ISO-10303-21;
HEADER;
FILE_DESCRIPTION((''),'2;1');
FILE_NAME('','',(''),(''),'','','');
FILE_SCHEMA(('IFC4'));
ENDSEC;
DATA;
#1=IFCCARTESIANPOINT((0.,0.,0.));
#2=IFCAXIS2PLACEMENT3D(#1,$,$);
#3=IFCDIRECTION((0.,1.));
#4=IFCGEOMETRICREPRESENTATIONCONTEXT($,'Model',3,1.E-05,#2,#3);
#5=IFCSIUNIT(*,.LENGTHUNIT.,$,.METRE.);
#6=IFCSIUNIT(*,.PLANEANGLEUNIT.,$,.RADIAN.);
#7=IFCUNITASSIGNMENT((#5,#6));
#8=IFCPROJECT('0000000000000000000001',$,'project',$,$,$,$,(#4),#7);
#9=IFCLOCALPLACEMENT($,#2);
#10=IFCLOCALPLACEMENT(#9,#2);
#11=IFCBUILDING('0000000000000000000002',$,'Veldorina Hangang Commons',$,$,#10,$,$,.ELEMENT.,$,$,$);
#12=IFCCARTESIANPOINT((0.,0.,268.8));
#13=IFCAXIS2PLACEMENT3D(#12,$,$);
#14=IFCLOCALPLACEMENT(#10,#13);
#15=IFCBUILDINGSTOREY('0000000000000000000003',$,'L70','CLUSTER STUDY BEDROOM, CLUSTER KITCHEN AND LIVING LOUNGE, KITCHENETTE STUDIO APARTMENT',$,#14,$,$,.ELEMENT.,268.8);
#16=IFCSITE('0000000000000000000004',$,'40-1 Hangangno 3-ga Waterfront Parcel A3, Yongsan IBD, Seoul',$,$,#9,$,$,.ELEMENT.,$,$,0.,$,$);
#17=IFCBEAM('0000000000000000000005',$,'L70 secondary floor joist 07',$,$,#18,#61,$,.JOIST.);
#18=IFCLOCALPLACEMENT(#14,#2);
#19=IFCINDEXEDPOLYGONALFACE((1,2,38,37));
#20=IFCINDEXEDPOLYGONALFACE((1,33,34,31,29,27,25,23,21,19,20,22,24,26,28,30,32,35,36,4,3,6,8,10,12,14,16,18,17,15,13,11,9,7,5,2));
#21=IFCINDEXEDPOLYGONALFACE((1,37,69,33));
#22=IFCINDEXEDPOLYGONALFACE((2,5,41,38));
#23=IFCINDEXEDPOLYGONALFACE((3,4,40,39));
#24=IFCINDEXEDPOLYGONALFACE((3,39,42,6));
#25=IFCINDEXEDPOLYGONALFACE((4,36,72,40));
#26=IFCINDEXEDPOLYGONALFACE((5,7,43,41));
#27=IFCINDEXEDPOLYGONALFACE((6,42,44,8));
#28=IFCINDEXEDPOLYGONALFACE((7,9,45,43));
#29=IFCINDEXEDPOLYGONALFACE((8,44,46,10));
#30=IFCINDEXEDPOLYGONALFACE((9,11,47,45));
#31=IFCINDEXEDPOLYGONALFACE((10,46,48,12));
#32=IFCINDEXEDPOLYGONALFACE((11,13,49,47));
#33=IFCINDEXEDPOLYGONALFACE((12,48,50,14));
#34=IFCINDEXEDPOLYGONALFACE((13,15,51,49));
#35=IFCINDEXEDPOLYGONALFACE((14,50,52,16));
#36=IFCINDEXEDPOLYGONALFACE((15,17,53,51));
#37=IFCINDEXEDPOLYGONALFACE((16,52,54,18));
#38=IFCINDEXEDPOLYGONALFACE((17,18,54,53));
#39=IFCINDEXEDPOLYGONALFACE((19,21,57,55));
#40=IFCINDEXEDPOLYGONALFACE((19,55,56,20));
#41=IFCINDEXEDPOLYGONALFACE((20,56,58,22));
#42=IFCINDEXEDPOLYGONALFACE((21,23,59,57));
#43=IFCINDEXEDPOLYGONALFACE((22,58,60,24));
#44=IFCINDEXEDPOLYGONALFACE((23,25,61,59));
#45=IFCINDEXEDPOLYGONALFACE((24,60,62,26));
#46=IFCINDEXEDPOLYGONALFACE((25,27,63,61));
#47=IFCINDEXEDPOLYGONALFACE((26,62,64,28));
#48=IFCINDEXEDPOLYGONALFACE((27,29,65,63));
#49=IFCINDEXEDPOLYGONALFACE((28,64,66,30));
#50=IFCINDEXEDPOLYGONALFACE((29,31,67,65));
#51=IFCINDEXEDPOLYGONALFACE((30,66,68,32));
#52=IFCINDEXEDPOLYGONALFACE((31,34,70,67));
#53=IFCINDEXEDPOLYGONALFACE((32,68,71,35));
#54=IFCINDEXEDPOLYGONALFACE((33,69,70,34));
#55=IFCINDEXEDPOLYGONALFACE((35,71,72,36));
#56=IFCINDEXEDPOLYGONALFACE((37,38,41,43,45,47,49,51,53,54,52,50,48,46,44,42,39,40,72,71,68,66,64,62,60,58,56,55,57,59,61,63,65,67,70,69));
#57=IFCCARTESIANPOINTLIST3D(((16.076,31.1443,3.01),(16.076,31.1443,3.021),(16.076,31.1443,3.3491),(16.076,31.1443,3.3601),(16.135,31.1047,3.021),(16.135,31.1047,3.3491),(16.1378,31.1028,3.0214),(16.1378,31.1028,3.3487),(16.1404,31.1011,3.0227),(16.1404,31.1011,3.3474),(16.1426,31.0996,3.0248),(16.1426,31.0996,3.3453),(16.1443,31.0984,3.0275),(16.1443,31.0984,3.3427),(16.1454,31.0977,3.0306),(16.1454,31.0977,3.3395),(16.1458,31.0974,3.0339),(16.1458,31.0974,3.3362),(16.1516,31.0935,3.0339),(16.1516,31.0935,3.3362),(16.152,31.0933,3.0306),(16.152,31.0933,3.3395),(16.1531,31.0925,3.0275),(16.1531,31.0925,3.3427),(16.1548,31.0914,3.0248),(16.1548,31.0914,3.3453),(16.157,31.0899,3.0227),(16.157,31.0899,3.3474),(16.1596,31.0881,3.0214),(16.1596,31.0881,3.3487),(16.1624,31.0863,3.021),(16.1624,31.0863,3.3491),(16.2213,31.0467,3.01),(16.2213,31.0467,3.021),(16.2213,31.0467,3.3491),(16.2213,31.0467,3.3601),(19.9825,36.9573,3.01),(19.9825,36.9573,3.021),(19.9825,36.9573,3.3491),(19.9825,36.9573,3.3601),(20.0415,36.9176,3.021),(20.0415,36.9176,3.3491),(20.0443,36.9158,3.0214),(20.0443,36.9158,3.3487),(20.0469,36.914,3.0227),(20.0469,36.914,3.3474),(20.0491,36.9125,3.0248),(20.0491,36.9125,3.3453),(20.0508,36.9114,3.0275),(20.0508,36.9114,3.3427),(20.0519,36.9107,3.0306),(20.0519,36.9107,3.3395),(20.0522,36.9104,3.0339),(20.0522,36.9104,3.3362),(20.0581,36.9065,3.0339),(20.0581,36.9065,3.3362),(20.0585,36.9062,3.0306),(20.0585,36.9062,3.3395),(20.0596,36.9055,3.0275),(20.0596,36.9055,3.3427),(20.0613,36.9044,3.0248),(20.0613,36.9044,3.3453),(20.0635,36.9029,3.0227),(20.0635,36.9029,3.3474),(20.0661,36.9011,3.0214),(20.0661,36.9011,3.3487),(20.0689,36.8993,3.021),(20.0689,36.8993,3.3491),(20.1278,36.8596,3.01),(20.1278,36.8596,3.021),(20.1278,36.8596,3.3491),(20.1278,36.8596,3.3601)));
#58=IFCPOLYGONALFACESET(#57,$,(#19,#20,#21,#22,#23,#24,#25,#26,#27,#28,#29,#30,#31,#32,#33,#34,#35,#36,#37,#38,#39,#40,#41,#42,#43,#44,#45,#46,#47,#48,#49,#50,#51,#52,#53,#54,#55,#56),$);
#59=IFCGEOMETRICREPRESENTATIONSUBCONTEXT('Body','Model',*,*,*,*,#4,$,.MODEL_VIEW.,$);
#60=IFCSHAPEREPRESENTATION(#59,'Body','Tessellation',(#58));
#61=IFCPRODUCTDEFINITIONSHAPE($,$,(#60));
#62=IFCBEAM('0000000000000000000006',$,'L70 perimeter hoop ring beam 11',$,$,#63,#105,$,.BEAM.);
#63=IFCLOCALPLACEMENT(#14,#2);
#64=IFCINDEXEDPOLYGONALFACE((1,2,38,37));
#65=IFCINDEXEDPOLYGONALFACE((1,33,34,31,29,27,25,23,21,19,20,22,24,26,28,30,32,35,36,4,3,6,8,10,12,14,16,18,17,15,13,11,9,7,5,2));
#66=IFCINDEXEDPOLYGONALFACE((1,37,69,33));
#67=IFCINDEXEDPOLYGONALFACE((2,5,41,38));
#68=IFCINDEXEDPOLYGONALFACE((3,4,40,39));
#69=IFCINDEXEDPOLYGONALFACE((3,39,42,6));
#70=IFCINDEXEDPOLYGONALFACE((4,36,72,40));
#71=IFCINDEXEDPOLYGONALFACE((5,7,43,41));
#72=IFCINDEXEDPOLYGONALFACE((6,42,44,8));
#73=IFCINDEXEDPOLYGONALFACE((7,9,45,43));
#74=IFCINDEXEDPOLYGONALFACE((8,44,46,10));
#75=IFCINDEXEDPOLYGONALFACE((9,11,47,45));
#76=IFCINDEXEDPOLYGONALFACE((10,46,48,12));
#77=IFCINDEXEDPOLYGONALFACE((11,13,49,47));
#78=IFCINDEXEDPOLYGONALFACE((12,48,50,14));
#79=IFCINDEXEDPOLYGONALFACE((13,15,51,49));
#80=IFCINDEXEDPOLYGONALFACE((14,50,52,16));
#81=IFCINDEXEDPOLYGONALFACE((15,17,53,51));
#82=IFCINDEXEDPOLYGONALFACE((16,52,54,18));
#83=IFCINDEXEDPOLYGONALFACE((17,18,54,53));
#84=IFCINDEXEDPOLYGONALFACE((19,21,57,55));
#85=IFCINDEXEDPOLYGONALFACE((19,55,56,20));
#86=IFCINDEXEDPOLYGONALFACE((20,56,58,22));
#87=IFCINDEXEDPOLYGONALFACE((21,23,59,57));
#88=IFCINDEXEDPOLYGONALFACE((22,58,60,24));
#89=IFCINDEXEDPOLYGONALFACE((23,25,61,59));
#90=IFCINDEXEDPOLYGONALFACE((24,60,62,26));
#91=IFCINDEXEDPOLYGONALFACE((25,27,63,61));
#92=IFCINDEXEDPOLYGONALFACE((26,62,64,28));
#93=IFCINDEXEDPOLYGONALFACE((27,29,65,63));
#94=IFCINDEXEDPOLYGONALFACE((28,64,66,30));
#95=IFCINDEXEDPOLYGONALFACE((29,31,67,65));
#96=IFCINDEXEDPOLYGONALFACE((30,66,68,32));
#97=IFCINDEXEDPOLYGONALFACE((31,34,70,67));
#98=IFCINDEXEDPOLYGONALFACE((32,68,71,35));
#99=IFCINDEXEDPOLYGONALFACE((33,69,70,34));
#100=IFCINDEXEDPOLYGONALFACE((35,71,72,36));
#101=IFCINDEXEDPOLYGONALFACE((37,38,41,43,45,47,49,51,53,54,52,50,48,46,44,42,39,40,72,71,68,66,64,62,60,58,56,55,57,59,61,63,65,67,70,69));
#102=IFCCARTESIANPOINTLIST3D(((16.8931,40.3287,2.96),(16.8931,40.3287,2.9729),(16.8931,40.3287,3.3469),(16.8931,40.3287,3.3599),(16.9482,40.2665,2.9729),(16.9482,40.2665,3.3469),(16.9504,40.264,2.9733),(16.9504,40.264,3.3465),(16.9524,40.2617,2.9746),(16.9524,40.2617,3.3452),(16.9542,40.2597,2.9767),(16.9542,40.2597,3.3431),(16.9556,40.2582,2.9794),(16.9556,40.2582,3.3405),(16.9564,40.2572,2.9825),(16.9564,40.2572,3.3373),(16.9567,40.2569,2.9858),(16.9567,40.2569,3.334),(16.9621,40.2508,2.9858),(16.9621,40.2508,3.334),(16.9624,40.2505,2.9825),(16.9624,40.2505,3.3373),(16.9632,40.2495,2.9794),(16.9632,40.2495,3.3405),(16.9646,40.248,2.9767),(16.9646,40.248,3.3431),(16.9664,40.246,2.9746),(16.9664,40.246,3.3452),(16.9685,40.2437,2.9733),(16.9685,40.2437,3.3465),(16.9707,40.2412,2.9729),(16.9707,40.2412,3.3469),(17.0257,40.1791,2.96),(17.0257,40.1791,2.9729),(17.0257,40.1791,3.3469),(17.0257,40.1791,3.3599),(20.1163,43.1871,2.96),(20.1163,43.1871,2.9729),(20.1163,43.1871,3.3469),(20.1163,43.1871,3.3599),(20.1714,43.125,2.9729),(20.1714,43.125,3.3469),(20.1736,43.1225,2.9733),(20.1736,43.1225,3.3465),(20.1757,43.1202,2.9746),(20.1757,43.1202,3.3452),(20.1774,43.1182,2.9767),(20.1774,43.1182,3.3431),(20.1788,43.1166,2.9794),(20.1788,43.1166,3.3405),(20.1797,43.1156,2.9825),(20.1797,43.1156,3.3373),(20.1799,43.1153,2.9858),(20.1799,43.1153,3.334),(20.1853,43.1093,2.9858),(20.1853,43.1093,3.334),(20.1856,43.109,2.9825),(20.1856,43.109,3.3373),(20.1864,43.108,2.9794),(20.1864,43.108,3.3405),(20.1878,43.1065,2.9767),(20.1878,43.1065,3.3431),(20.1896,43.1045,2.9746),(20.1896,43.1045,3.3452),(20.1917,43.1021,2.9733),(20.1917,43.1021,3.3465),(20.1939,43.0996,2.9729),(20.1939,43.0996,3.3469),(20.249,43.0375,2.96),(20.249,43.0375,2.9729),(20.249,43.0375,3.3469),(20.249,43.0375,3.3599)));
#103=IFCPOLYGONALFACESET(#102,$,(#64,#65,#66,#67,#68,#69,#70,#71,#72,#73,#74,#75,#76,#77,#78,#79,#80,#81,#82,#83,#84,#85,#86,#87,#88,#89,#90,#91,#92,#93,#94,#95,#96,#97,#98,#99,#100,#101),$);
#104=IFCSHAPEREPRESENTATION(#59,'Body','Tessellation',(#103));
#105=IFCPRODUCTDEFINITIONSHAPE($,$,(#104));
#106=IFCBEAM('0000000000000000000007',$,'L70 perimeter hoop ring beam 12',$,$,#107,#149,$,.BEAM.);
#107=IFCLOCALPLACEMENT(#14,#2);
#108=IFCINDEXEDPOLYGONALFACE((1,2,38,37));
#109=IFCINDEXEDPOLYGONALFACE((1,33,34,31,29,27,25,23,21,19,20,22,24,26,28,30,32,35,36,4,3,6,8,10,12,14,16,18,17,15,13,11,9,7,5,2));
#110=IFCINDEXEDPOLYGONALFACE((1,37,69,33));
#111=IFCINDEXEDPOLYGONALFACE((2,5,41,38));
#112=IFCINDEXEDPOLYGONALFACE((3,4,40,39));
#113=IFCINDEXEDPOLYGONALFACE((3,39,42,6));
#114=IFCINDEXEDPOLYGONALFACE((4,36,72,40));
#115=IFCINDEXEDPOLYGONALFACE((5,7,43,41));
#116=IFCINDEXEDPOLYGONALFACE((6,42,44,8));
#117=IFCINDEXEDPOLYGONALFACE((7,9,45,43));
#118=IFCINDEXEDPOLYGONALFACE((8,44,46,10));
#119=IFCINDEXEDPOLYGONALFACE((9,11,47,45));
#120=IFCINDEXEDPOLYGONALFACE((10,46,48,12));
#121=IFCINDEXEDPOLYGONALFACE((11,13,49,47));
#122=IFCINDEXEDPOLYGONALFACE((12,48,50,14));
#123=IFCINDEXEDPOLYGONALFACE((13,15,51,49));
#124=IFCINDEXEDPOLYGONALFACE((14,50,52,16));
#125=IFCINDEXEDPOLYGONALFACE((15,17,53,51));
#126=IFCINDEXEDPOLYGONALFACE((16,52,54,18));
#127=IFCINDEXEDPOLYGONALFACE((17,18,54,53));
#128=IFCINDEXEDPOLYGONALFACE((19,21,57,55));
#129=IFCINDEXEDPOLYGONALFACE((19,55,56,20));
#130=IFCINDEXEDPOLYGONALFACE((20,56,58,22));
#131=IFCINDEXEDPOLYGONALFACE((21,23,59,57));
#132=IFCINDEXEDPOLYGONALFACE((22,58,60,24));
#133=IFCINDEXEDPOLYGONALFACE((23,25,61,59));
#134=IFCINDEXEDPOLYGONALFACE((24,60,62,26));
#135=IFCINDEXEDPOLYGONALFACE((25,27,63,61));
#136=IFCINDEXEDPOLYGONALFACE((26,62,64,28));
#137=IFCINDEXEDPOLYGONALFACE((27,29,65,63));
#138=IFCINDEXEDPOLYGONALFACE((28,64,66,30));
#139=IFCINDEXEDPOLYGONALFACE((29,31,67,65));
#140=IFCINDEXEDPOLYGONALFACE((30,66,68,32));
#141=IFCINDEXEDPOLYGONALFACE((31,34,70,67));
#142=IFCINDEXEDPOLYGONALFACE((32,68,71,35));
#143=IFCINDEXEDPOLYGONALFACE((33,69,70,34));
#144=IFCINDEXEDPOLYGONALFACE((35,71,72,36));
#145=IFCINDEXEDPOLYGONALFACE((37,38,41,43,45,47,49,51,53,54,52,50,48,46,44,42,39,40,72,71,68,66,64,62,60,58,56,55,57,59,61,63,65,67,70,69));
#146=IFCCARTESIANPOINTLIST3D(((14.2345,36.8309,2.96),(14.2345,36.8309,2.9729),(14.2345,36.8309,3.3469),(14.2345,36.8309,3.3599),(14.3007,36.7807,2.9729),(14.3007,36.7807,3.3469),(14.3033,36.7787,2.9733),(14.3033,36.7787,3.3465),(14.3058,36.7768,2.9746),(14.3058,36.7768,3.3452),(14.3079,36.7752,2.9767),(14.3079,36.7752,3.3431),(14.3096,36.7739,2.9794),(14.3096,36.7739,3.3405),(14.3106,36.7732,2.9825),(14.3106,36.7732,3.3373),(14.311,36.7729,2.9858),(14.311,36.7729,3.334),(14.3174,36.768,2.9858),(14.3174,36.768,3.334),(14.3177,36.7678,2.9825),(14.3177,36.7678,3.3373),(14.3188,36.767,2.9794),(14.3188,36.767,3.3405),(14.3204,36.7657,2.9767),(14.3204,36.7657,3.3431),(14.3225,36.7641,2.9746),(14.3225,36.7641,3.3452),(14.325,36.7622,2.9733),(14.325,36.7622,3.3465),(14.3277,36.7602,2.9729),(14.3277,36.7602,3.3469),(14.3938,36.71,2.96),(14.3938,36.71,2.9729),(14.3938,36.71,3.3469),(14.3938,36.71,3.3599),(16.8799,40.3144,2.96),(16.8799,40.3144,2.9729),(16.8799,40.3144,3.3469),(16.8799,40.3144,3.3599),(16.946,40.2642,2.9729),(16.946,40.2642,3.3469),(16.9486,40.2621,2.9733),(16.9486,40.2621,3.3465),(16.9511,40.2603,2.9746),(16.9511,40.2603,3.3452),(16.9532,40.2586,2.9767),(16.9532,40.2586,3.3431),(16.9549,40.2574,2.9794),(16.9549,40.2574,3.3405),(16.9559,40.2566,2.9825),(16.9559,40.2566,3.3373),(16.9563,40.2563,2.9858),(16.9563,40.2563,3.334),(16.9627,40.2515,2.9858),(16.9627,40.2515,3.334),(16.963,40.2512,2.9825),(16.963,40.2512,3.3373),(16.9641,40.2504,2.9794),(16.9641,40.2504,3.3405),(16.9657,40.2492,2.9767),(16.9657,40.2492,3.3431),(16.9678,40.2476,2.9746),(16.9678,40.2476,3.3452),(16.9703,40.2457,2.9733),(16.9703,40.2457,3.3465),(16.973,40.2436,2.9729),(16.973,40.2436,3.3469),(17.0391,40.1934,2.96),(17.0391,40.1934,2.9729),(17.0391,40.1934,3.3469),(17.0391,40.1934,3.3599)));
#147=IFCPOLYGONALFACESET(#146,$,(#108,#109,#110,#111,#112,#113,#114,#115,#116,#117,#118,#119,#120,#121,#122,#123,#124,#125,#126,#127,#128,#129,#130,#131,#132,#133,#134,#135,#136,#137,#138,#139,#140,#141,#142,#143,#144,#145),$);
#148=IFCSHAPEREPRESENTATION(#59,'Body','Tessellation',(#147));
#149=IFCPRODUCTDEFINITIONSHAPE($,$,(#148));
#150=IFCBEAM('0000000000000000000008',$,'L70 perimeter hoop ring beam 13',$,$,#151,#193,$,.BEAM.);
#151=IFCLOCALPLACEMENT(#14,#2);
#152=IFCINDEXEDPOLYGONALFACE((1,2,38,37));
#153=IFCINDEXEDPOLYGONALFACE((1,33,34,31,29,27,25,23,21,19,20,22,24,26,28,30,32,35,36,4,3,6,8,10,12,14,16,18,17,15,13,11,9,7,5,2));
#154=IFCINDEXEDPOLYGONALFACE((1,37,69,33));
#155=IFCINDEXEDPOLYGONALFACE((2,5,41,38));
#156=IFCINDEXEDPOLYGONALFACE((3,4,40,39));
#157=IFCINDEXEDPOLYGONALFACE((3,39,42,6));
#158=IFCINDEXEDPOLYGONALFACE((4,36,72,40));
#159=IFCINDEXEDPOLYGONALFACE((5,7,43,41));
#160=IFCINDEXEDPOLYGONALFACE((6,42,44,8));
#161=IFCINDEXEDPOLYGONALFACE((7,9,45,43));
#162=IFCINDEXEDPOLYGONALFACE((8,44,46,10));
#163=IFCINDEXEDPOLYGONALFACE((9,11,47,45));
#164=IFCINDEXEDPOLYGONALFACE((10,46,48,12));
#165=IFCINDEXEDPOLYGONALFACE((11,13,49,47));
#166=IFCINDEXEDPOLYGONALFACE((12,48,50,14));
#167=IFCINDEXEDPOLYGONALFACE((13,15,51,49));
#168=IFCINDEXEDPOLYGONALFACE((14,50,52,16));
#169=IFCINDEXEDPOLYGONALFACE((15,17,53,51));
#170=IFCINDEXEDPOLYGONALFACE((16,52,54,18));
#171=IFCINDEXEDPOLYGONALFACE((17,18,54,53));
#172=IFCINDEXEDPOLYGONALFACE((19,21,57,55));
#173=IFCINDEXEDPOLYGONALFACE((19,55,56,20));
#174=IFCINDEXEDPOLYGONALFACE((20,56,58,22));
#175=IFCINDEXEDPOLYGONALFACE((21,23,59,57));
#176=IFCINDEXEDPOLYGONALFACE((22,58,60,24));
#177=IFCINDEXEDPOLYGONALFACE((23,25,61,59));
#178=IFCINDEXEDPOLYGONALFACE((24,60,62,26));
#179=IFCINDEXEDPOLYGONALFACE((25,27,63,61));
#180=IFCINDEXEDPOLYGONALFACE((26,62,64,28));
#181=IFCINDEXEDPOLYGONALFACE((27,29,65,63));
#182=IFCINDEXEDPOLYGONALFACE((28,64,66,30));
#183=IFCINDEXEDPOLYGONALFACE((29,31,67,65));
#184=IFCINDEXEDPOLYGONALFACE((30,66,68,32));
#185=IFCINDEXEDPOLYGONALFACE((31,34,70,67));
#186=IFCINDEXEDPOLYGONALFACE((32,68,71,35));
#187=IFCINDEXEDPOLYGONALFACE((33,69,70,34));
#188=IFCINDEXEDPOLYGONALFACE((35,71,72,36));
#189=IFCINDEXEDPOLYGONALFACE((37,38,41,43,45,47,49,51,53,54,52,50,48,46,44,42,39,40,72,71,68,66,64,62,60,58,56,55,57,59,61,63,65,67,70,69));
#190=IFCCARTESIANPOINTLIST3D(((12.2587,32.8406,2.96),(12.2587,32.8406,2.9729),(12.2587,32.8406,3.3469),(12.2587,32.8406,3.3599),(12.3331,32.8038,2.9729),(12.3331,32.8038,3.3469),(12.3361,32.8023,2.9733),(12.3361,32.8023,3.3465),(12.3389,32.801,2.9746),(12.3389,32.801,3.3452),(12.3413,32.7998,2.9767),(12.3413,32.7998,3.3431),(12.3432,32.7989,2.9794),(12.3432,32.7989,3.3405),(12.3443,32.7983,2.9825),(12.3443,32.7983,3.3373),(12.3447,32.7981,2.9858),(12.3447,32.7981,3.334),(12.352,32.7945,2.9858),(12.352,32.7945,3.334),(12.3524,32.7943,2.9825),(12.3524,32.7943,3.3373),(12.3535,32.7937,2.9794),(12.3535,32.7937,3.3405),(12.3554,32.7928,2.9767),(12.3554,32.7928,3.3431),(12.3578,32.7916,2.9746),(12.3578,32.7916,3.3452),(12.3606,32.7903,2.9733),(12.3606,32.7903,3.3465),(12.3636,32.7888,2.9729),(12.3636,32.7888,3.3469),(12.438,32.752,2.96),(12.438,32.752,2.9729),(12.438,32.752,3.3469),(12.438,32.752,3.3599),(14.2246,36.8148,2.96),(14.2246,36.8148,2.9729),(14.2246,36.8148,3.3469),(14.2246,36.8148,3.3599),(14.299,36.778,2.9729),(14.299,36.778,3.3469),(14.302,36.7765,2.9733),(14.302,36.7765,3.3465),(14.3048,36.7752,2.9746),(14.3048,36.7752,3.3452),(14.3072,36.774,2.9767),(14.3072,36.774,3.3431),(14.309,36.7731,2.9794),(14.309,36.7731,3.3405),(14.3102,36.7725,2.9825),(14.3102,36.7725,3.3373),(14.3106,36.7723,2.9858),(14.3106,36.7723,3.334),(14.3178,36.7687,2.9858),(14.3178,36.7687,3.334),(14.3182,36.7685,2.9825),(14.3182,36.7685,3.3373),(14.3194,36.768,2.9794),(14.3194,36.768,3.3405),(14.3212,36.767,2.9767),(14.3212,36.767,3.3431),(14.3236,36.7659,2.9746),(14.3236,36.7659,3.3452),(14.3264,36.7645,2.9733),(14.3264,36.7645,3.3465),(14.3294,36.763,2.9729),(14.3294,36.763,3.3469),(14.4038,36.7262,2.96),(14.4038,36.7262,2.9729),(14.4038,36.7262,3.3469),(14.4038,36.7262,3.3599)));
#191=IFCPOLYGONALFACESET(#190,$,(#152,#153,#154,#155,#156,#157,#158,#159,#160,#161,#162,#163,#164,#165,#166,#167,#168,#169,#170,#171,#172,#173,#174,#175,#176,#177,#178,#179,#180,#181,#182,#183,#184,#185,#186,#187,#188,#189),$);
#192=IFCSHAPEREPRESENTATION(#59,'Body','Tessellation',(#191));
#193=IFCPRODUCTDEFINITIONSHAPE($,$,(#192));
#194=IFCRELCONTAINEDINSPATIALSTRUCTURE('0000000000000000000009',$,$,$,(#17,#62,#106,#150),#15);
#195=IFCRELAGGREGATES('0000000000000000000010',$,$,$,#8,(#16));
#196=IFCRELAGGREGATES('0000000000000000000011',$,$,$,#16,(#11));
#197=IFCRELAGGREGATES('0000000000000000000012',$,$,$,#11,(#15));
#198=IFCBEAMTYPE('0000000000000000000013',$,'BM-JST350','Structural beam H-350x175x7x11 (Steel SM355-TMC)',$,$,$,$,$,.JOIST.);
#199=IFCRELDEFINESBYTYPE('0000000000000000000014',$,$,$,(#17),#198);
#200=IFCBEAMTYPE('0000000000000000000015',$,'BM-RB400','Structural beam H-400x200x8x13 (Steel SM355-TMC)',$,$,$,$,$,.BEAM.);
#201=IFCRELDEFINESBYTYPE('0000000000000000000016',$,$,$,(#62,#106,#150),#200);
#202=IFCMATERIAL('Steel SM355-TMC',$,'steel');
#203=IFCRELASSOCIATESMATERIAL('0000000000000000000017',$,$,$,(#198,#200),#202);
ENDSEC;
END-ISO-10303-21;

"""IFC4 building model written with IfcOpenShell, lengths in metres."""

from ifc_helpers import new_model, si_unit, direction, frame, origin, origin_2d, place, context, subcontext, project, spatial, i_section, extrude, material, material_profile, profile_set, type_object, element, save


model = new_model("IFC4")

# Units and contexts
model_context = context("Model", 3, precision=1e-05, world=origin(), true_north=direction((0.0, 1.0)))
body_context = subcontext(model_context, "Body", "Model", "MODEL_VIEW")
ifc_project = project(units=[si_unit("LENGTHUNIT", "METRE"), si_unit("PLANEANGLEUNIT", "RADIAN")], contexts=[model_context])

# Site, building, storey
site_placement = place(None, origin())
site = spatial("IfcSite", under=ifc_project, at=site_placement, Name="40-1 Hangangno 3-ga Waterfront Parcel A3, Yongsan IBD, Seoul", CompositionType="ELEMENT", RefElevation=0.0)
building_placement = place(site_placement, origin())
building = spatial("IfcBuilding", under=site, at=building_placement, Name="Veldorina Hangang Commons", CompositionType="ELEMENT")
storey_placement = place(building_placement, frame((0.0, 0.0, 268.8)))
storey = spatial("IfcBuildingStorey", under=building, at=storey_placement, Name="L70", Description="CLUSTER STUDY BEDROOM, CLUSTER KITCHEN AND LIVING LOUNGE, KITCHENETTE STUDIO APARTMENT", CompositionType="ELEMENT", Elevation=268.8)

# Beams
ifc_material_1 = material(Name="Steel SM355-TMC", Category="steel")
ifc_material_profile_1 = material_profile(ifc_material_1, i_section(OverallWidth=0.175, OverallDepth=0.3501, WebThickness=0.0071, FlangeThickness=0.011, FilletRadius=0.0129, at=origin_2d()), Name="H-350x175x7x11")
ifc_profile_set_1 = profile_set([ifc_material_profile_1], Name="Steel SM355-TMC")
beam_type_1 = type_object("IfcBeamType", Name="BM-JST350", Description="Structural beam H-350x175x7x11 (Steel SM355-TMC)", PredefinedType="JOIST", material=ifc_profile_set_1)
beam_1_placement = place(storey_placement, frame((20.0552, 36.9084, 3.1851), z_axis=(-0.557777, -0.829991, 0.0), x_axis=(0.829991, -0.557777, 0.0)))
element("IfcBeam", 1, at=beam_1_placement, inside=storey, type_object=beam_type_1, Name="L70 secondary floor joist 07", PredefinedType="JOIST", context=body_context, shape_type="SweptSolid", body=[
    extrude(i_section(OverallWidth=0.175, OverallDepth=0.3501, WebThickness=0.0071, FlangeThickness=0.011, FilletRadius=0.0129, at=origin_2d()), origin(), (0.0, 0.0, 1.0), 7.0037),
])
ifc_material_profile_2 = material_profile(ifc_material_1, i_section(OverallWidth=0.2, OverallDepth=0.3999, WebThickness=0.0081, FlangeThickness=0.0129, FilletRadius=0.0129, at=origin_2d()), Name="H-400x200x8x13")
ifc_profile_set_2 = profile_set([ifc_material_profile_2], Name="Steel SM355-TMC")
beam_type_2 = type_object("IfcBeamType", Name="BM-RB400", Description="Structural beam H-400x200x8x13 (Steel SM355-TMC)", PredefinedType="BEAM", material=ifc_profile_set_2)
beam_2_placement = place(storey_placement, frame((20.1826, 43.1123, 3.1599), z_axis=(-0.748172, -0.663505, 0.0), x_axis=(0.663505, -0.748172, 0.0)))
element("IfcBeam", 2, at=beam_2_placement, inside=storey, type_object=beam_type_2, Name="L70 perimeter hoop ring beam 11", PredefinedType="BEAM", context=body_context, shape_type="SweptSolid", body=[
    extrude(i_section(OverallWidth=0.2, OverallDepth=0.3999, WebThickness=0.0081, FlangeThickness=0.0129, FilletRadius=0.0129, at=origin_2d()), origin(), (0.0, 0.0, 1.0), 4.3081),
])
beam_3_placement = place(storey_placement, frame((16.9595, 40.2539, 3.1599), z_axis=(-0.604776, -0.796396, 0.0), x_axis=(0.796396, -0.604776, 0.0)))
element("IfcBeam", 3, at=beam_3_placement, inside=storey, type_object=beam_type_2, Name="L70 perimeter hoop ring beam 12", PredefinedType="BEAM", context=body_context, shape_type="SweptSolid", body=[
    extrude(i_section(OverallWidth=0.2, OverallDepth=0.3999, WebThickness=0.0081, FlangeThickness=0.0129, FilletRadius=0.0129, at=origin_2d()), origin(), (0.0, 0.0, 1.0), 4.374),
])
beam_4_placement = place(storey_placement, frame((14.3142, 36.7705, 3.1599), z_axis=(-0.443377, -0.896335, 0.0), x_axis=(0.896335, -0.443377, 0.0)))
element("IfcBeam", 4, at=beam_4_placement, inside=storey, type_object=beam_type_2, Name="L70 perimeter hoop ring beam 13", PredefinedType="BEAM", context=body_context, shape_type="SweptSolid", body=[
    extrude(i_section(OverallWidth=0.2, OverallDepth=0.3999, WebThickness=0.0081, FlangeThickness=0.0129, FilletRadius=0.0129, at=origin_2d()), origin(), (0.0, 0.0, 1.0), 4.4338),
])

save(model, "model.ifc")
